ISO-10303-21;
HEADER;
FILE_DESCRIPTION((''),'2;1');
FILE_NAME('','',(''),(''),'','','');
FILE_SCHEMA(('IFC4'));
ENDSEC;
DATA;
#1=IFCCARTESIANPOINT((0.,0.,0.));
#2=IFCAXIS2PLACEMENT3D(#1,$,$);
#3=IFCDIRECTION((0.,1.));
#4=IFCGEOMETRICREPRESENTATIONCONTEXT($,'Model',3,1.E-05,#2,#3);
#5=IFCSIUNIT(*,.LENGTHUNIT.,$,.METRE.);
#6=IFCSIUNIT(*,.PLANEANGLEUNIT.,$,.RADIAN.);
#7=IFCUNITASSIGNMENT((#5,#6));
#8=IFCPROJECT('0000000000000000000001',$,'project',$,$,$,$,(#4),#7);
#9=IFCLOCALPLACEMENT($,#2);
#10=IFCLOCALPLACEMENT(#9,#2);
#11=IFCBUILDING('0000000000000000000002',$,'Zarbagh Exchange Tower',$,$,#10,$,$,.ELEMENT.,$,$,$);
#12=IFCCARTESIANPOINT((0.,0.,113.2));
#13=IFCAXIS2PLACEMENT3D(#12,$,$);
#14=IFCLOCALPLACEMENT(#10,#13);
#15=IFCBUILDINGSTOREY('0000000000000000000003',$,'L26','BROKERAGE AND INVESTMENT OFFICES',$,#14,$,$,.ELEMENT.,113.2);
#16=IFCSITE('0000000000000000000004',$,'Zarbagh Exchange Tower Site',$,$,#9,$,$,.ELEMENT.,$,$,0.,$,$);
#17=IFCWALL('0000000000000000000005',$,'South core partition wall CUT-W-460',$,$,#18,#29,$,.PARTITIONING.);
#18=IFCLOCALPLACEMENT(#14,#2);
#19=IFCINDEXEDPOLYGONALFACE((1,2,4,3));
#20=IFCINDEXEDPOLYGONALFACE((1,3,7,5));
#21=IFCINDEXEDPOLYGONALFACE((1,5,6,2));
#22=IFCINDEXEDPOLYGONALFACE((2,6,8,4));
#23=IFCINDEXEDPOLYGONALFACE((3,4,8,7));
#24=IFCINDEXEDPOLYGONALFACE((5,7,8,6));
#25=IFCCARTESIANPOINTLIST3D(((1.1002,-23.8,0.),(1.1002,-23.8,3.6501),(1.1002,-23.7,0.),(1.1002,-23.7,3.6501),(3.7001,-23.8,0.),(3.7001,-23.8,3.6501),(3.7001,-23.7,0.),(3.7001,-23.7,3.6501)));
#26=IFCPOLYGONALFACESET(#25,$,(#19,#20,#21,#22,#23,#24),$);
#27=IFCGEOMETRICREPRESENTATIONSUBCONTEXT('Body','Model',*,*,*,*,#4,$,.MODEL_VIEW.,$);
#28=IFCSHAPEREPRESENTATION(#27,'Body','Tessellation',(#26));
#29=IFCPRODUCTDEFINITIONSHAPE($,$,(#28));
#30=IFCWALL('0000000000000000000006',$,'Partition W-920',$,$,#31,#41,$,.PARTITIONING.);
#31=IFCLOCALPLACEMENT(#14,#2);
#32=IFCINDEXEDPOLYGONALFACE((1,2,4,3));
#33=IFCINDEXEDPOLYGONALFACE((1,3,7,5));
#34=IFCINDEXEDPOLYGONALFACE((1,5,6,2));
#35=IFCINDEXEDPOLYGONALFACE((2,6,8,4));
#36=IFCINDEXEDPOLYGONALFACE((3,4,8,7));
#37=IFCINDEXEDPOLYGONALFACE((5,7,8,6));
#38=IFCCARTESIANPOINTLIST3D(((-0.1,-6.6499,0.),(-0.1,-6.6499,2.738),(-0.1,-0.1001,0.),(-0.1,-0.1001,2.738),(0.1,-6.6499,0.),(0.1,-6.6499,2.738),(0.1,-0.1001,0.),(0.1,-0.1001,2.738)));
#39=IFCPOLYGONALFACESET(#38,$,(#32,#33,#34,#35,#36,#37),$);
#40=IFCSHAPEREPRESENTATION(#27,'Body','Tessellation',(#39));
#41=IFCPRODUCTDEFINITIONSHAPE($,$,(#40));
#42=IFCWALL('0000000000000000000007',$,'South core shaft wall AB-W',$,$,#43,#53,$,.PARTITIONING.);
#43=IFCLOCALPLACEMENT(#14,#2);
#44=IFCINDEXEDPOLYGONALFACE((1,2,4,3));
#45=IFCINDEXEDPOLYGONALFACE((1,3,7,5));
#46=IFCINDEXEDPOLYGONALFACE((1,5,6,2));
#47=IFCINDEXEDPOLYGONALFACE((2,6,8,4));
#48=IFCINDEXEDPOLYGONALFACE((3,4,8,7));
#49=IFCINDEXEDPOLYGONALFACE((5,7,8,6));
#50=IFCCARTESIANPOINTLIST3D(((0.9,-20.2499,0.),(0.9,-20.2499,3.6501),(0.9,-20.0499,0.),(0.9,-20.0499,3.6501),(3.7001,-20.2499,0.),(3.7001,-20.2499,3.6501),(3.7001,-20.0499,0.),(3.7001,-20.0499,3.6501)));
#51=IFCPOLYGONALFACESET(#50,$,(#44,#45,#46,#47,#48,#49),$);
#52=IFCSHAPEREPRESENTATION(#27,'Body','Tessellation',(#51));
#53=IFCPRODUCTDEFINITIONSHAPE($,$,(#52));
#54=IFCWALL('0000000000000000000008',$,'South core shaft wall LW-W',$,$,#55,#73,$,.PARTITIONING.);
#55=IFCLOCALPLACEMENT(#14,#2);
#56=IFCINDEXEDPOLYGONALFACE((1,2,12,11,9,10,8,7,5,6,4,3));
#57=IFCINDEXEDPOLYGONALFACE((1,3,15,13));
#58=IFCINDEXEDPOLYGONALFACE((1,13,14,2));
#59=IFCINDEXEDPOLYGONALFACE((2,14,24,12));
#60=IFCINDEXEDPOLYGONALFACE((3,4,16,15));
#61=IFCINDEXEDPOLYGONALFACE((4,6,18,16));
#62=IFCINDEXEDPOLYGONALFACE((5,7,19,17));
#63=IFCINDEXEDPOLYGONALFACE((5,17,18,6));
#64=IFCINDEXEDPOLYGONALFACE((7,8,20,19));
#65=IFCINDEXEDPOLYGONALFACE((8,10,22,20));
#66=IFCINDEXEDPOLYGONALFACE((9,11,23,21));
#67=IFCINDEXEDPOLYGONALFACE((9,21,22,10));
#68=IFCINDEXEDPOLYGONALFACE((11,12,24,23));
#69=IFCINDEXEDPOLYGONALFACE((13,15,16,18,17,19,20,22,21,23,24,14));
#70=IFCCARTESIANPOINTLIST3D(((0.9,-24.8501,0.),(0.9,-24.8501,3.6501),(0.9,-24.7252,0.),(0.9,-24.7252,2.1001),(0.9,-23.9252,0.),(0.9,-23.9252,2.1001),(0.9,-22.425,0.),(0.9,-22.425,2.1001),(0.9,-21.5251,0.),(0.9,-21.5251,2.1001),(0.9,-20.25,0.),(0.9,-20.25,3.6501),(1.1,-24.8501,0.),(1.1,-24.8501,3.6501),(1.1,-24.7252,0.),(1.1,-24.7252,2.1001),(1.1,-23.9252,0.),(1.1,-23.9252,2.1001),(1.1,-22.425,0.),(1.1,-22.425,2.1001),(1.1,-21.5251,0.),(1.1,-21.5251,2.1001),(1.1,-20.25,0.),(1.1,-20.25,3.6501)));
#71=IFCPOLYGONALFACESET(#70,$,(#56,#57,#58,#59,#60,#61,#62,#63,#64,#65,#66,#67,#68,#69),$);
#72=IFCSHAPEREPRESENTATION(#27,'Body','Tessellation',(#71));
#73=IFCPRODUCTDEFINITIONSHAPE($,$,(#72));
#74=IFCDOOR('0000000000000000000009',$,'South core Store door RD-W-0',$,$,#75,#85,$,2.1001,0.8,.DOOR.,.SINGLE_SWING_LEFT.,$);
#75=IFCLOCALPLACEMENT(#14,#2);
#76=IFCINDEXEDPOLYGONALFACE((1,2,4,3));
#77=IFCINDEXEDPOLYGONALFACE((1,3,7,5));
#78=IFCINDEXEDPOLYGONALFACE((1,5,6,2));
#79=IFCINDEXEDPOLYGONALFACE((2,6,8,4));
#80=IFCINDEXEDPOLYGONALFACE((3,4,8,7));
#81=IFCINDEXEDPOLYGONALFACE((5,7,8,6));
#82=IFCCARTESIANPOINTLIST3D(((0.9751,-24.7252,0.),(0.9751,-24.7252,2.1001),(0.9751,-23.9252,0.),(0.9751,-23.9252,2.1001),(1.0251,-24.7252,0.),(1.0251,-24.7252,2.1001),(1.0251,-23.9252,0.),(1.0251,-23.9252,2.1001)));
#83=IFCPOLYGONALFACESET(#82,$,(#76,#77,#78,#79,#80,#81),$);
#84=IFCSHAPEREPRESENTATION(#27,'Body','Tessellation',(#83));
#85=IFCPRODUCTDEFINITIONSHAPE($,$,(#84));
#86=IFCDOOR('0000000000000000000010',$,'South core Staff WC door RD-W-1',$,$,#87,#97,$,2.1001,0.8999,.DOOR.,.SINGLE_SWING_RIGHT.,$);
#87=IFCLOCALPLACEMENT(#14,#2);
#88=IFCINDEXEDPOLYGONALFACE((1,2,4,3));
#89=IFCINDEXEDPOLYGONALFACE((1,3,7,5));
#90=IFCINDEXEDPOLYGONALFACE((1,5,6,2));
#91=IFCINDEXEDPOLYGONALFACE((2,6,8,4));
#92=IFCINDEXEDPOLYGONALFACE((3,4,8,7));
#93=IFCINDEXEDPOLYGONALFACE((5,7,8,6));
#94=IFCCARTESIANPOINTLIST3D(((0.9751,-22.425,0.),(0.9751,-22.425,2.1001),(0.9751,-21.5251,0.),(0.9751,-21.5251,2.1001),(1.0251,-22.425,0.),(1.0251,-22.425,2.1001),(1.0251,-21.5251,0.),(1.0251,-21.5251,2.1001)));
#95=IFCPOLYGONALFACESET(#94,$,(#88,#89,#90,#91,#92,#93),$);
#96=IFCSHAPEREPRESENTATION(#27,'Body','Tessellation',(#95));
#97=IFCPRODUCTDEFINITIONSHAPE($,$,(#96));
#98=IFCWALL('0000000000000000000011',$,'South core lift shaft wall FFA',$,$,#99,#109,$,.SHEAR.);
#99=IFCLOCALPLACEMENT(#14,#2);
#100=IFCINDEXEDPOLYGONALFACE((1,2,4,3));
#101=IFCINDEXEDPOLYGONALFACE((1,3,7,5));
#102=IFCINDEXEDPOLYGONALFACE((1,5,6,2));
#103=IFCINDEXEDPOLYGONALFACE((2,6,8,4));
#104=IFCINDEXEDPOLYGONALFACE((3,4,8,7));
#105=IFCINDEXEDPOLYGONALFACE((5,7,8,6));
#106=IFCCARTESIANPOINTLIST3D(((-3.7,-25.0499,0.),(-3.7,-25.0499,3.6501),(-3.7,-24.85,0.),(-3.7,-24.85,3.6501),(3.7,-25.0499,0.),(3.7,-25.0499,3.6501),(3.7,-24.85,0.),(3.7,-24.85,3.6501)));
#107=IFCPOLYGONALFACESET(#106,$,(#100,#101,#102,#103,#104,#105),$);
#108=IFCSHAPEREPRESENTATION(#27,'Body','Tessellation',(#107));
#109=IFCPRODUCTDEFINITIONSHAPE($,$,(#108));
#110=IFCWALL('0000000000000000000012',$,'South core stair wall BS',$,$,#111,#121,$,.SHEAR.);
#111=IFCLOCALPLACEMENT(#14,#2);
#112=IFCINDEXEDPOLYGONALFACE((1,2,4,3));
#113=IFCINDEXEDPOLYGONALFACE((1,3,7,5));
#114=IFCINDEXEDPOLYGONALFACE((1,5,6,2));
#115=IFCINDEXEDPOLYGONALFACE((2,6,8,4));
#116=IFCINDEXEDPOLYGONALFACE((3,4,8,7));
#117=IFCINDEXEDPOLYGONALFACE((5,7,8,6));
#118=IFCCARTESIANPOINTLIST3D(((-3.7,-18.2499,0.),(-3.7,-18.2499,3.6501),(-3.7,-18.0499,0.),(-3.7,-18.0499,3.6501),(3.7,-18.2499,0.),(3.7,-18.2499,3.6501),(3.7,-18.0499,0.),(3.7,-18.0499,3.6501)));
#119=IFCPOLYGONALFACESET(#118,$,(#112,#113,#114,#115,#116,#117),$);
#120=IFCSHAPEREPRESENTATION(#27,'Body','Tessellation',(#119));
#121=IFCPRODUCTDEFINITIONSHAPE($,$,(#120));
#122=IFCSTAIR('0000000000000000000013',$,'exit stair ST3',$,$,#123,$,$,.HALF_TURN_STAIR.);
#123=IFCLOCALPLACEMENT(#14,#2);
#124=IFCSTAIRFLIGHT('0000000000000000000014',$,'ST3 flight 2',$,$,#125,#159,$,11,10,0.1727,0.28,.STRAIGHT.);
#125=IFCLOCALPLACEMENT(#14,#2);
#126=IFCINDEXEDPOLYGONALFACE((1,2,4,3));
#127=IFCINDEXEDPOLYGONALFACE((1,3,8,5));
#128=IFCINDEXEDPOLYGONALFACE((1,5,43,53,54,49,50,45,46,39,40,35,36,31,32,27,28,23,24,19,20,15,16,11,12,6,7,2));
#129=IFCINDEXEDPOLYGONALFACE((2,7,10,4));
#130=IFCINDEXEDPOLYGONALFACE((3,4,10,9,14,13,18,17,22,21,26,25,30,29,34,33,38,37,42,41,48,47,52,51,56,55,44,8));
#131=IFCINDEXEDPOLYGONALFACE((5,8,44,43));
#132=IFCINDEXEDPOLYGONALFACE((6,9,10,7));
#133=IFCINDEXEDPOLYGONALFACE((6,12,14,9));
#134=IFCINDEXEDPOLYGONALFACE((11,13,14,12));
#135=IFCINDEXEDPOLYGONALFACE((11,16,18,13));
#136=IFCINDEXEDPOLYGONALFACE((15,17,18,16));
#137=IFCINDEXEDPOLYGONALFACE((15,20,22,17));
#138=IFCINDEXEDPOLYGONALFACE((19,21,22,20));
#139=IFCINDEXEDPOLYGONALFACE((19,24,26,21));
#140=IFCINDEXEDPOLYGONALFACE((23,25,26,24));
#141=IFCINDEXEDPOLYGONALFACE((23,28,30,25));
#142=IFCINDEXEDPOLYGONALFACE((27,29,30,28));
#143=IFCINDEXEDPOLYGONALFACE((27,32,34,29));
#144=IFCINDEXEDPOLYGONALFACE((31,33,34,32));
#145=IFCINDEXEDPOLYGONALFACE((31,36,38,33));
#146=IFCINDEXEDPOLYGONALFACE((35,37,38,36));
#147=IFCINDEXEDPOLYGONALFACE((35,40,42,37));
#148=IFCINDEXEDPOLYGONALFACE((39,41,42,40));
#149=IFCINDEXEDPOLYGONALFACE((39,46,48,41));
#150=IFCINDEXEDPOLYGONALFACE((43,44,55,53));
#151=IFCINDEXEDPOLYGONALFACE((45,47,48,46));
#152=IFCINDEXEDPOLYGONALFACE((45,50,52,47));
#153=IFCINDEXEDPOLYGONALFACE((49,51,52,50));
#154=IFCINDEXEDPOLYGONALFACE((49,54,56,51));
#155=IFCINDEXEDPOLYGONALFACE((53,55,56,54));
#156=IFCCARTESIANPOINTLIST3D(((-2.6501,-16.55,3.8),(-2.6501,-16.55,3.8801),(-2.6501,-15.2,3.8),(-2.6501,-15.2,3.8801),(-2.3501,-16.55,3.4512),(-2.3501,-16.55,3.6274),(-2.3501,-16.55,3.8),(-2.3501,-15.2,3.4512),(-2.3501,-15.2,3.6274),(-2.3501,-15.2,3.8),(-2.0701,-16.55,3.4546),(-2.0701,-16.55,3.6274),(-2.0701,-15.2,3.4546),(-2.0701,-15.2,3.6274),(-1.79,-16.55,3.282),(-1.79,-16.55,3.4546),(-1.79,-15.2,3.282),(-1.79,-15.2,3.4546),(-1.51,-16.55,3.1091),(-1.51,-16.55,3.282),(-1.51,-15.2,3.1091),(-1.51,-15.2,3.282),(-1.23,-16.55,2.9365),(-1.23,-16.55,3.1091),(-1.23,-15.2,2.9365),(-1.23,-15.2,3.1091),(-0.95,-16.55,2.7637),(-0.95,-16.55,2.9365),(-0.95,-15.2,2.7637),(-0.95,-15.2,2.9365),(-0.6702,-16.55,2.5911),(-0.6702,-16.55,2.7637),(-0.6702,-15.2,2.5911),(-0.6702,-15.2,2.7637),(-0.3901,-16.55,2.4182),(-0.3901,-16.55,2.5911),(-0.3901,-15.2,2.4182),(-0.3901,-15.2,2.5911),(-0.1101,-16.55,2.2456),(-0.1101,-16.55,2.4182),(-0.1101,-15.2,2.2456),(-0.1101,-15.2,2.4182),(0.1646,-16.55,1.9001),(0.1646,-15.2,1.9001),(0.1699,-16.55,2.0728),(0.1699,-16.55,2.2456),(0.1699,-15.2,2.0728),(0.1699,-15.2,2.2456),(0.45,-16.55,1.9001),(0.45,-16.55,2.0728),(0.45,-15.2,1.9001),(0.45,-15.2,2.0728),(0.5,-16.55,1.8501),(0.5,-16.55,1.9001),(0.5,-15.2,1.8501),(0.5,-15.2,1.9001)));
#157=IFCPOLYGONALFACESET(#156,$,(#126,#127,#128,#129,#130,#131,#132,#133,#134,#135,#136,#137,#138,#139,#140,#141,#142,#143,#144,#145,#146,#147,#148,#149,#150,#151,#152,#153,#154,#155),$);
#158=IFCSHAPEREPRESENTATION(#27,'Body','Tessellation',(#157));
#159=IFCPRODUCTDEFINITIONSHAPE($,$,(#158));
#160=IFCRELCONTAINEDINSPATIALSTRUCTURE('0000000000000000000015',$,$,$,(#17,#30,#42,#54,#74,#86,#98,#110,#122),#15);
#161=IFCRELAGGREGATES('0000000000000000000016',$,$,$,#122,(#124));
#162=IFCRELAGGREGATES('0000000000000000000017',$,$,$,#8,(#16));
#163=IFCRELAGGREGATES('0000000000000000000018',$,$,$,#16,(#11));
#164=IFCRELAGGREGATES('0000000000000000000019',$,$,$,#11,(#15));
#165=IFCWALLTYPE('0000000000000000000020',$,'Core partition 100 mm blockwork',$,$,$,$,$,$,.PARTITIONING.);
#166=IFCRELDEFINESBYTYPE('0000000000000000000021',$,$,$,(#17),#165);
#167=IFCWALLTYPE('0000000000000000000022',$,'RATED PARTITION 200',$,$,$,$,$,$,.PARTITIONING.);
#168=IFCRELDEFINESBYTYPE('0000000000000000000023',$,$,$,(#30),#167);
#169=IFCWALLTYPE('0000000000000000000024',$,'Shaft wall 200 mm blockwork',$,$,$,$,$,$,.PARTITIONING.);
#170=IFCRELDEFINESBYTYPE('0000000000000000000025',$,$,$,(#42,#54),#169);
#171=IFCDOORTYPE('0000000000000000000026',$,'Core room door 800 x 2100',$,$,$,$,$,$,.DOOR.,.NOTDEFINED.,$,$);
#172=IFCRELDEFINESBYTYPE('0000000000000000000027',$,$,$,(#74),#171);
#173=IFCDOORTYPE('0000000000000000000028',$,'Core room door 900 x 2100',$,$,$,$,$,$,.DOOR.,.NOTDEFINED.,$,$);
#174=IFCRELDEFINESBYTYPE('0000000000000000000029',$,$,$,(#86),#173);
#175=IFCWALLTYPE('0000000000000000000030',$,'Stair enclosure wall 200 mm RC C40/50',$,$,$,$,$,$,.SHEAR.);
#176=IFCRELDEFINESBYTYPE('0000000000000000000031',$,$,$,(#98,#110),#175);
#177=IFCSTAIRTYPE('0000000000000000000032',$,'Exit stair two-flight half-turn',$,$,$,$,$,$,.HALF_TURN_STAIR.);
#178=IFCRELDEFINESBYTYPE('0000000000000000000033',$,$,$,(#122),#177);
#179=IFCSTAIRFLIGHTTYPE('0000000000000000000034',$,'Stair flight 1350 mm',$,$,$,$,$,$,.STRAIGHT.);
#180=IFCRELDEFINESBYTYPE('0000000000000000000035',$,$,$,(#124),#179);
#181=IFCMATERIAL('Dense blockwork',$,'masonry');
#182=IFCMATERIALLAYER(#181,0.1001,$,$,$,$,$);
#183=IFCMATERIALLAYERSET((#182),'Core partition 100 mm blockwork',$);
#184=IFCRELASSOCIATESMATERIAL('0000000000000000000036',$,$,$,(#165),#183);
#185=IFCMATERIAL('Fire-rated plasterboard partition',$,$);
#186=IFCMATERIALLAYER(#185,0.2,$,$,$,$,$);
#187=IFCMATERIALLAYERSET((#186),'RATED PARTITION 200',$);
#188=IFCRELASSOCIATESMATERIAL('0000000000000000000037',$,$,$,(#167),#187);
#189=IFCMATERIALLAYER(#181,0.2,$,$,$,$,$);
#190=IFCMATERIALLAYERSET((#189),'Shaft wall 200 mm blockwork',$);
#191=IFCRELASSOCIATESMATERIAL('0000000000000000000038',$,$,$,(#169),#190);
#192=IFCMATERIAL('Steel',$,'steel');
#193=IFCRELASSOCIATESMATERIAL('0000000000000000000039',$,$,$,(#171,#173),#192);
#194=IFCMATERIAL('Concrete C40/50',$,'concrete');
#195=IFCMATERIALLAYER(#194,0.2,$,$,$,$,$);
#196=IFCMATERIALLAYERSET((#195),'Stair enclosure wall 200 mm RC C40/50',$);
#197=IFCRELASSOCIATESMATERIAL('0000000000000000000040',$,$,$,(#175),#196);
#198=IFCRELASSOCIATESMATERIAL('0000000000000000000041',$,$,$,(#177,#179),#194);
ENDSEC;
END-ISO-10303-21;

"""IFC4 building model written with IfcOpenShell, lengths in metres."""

from ifc_helpers import new_model, si_unit, direction, frame, frame_2d, origin, place, context, subcontext, project, spatial, polyline, rectangle, outline, extrude, material, layer, layer_set, type_object, element, fill, aggregate, save


model = new_model("IFC4")

# Units and contexts
model_context = context("Model", 3, precision=1e-05, world=origin(), true_north=direction((0.0, 1.0)))
body_context = subcontext(model_context, "Body", "Model", "MODEL_VIEW")
ifc_project = project(units=[si_unit("LENGTHUNIT", "METRE"), si_unit("PLANEANGLEUNIT", "RADIAN")], contexts=[model_context])

# Site, building, storey
site_placement = place(None, origin())
site = spatial("IfcSite", under=ifc_project, at=site_placement, Name="Zarbagh Exchange Tower Site", CompositionType="ELEMENT", RefElevation=0.0)
building_placement = place(site_placement, origin())
building = spatial("IfcBuilding", under=site, at=building_placement, Name="Zarbagh Exchange Tower", CompositionType="ELEMENT")
storey_placement = place(building_placement, frame((0.0, 0.0, 113.2)))
storey = spatial("IfcBuildingStorey", under=building, at=storey_placement, Name="L26", Description="BROKERAGE AND INVESTMENT OFFICES", CompositionType="ELEMENT", Elevation=113.2)

# Walls
ifc_material_1 = material(Name="Dense blockwork", Category="masonry")
ifc_layer_1 = layer(ifc_material_1, 0.1001)
ifc_layer_set_1 = layer_set([ifc_layer_1], Name="Core partition 100 mm blockwork")
wall_type_1 = type_object("IfcWallType", Name="Core partition 100 mm blockwork", PredefinedType="PARTITIONING", material=ifc_layer_set_1)
wall_1_placement = place(storey_placement, frame((3.7, -23.75, 0.0), z_axis=(0.0, 0.0, 1.0), x_axis=(-1.0, 0.0, 0.0)))
element("IfcWall", 1, at=wall_1_placement, inside=storey, type_object=wall_type_1, Name="South core partition wall CUT-W-460", PredefinedType="PARTITIONING", context=body_context, shape_type="SweptSolid", body=[
    extrude(rectangle(XDim=2.5999, YDim=0.1001, at=frame_2d((1.2998, 0.0))), origin(), (0.0, 0.0, 1.0), 3.6501),
])
ifc_material_2 = material(Name="Fire-rated plasterboard partition")
ifc_layer_2 = layer(ifc_material_2, 0.2)
ifc_layer_set_2 = layer_set([ifc_layer_2], Name="RATED PARTITION 200")
wall_type_2 = type_object("IfcWallType", Name="RATED PARTITION 200", PredefinedType="PARTITIONING", material=ifc_layer_set_2)
wall_2_placement = place(storey_placement, frame((0.0, -6.6499, 0.0), z_axis=(0.0, 0.0, 1.0), x_axis=(0.0, 1.0, 0.0)))
element("IfcWall", 2, at=wall_2_placement, inside=storey, type_object=wall_type_2, Name="Partition W-920", PredefinedType="PARTITIONING", context=body_context, shape_type="SweptSolid", body=[
    extrude(rectangle(XDim=6.5498, YDim=0.2, at=frame_2d((3.2749, 0.0))), origin(), (0.0, 0.0, 1.0), 2.738),
])
ifc_layer_3 = layer(ifc_material_1, 0.2)
ifc_layer_set_3 = layer_set([ifc_layer_3], Name="Shaft wall 200 mm blockwork")
wall_type_3 = type_object("IfcWallType", Name="Shaft wall 200 mm blockwork", PredefinedType="PARTITIONING", material=ifc_layer_set_3)
wall_3_placement = place(storey_placement, frame((3.7, -20.1499, 0.0), z_axis=(0.0, 0.0, 1.0), x_axis=(-1.0, 0.0, 0.0)))
element("IfcWall", 3, at=wall_3_placement, inside=storey, type_object=wall_type_3, Name="South core shaft wall AB-W", PredefinedType="PARTITIONING", context=body_context, shape_type="SweptSolid", body=[
    extrude(rectangle(XDim=2.8, YDim=0.2, at=frame_2d((1.3999, 0.0))), origin(), (0.0, 0.0, 1.0), 3.6501),
])

# Wall, openings, doors
wall_4_placement = place(storey_placement, frame((1.0, -24.8501, 0.0), z_axis=(0.0, 0.0, 1.0), x_axis=(0.0, 1.0, 0.0)))
wall_4 = element("IfcWall", 4, at=wall_4_placement, inside=storey, type_object=wall_type_3, Name="South core shaft wall LW-W", PredefinedType="PARTITIONING", context=body_context, shape_type="SweptSolid", body=[
    extrude(rectangle(XDim=4.6001, YDim=0.2, at=frame_2d((2.3, 0.0))), origin(), (0.0, 0.0, 1.0), 3.6501),
])
opening_1_placement = place(wall_4_placement, frame((0.125, 0.0, 0.0)))
opening_1 = element("IfcOpeningElement", 5, at=opening_1_placement, cuts=wall_4, PredefinedType="OPENING", context=body_context, shape_type="SweptSolid", body=[
    extrude(rectangle(XDim=0.8, YDim=2.1001, at=frame_2d((0.3999, 1.05))), frame((0.0, 0.1099, 0.0), z_axis=(0.0, -1.0, 0.0), x_axis=(1.0, 0.0, 0.0)), (0.0, 0.0, 1.0), 0.22),
])
opening_2_placement = place(wall_4_placement, frame((2.425, 0.0, 0.0)))
opening_2 = element("IfcOpeningElement", 6, at=opening_2_placement, cuts=wall_4, PredefinedType="OPENING", context=body_context, shape_type="SweptSolid", body=[
    extrude(rectangle(XDim=0.8999, YDim=2.1001, at=frame_2d((0.45, 1.05))), frame((0.0, 0.1099, 0.0), z_axis=(0.0, -1.0, 0.0), x_axis=(1.0, 0.0, 0.0)), (0.0, 0.0, 1.0), 0.22),
])
ifc_material_3 = material(Name="Steel", Category="steel")
door_type_1 = type_object("IfcDoorType", Name="Core room door 800 x 2100", OperationType="NOTDEFINED", PredefinedType="DOOR", material=ifc_material_3)
door_1_placement = place(opening_1_placement, origin())
door_1 = element("IfcDoor", 7, at=door_1_placement, inside=storey, type_object=door_type_1, Name="South core Store door RD-W-0", OperationType="SINGLE_SWING_LEFT", OverallHeight=2.1001, OverallWidth=0.8, PredefinedType="DOOR", context=body_context, shape_type="SweptSolid", body=[
    extrude(rectangle(XDim=0.8, YDim=2.1001, at=frame_2d((0.3999, 1.05))), frame((0.0, 0.0249, 0.0), z_axis=(0.0, -1.0, 0.0), x_axis=(1.0, 0.0, 0.0)), (0.0, 0.0, 1.0), 0.05),
])
fill(opening_1, door_1)
door_type_2 = type_object("IfcDoorType", Name="Core room door 900 x 2100", OperationType="NOTDEFINED", PredefinedType="DOOR", material=ifc_material_3)
door_2_placement = place(opening_2_placement, origin())
door_2 = element("IfcDoor", 8, at=door_2_placement, inside=storey, type_object=door_type_2, Name="South core Staff WC door RD-W-1", OperationType="SINGLE_SWING_RIGHT", OverallHeight=2.1001, OverallWidth=0.8999, PredefinedType="DOOR", context=body_context, shape_type="SweptSolid", body=[
    extrude(rectangle(XDim=0.8999, YDim=2.1001, at=frame_2d((0.45, 1.05))), frame((0.0, 0.0249, 0.0), z_axis=(0.0, -1.0, 0.0), x_axis=(1.0, 0.0, 0.0)), (0.0, 0.0, 1.0), 0.05),
])
fill(opening_2, door_2)

# Walls
ifc_material_4 = material(Name="Concrete C40/50", Category="concrete")
ifc_layer_4 = layer(ifc_material_4, 0.2)
ifc_layer_set_4 = layer_set([ifc_layer_4], Name="Stair enclosure wall 200 mm RC C40/50")
wall_type_4 = type_object("IfcWallType", Name="Stair enclosure wall 200 mm RC C40/50", PredefinedType="SHEAR", material=ifc_layer_set_4)
for number, where, z_axis, x_axis, name in (
    (9, (3.7, -24.95, 0.0), (0.0, 0.0, 1.0), (-1.0, 0.0, 0.0), "South core lift shaft wall FFA"),
    (10, (3.7, -18.1499, 0.0), (0.0, 0.0, 1.0), (-1.0, 0.0, 0.0), "South core stair wall BS"),
):
    element("IfcWall", number, at=place(storey_placement, frame(where, z_axis=z_axis, x_axis=x_axis)), inside=storey, type_object=wall_type_4, Name=name, PredefinedType="SHEAR", context=body_context, shape_type="SweptSolid", body=[
        extrude(rectangle(XDim=7.3999, YDim=0.2, at=frame_2d((3.7, 0.0))), origin(), (0.0, 0.0, 1.0), 3.6501),
    ])

# Stair, stair flight
stair_type = type_object("IfcStairType", Name="Exit stair two-flight half-turn", PredefinedType="HALF_TURN_STAIR", material=ifc_material_4)
stair_1_placement = place(storey_placement, origin())
stair_1 = element("IfcStair", 11, at=stair_1_placement, inside=storey, type_object=stair_type, Name="exit stair ST3", PredefinedType="HALF_TURN_STAIR")
stair_flight_type_1 = type_object("IfcStairFlightType", Name="Stair flight 1350 mm", PredefinedType="STRAIGHT", material=ifc_material_4)
stair_flight_1_placement = place(storey_placement, frame((0.45, -15.875, 1.9001), z_axis=(0.0, 0.0, 1.0), x_axis=(-1.0, 0.0, 0.0)))
stair_flight_1 = element("IfcStairFlight", 12, at=stair_flight_1_placement, type_object=stair_flight_type_1, Name="ST3 flight 2", NumberOfRisers=11, NumberOfTreads=10, PredefinedType="STRAIGHT", RiserHeight=0.1727, TreadLength=0.28, context=body_context, shape_type="SweptSolid", body=[
    extrude(outline(polyline([(-0.05, -0.05), (-0.05, 0.0), (0.0, 0.0), (0.0, 0.1726), (0.28, 0.1726), (0.28, 0.3455), (0.5601, 0.3455), (0.5601, 0.5181), (0.8401, 0.5181), (0.8401, 0.6909), (1.1201, 0.6909), (1.1201, 0.8635), (1.3999, 0.8635), (1.3999, 1.0364), (1.6799, 1.0364), (1.6799, 1.209), (1.96, 1.209), (1.96, 1.3818), (2.24, 1.3818), (2.24, 1.5544), (2.52, 1.5544), (2.52, 1.7273), (2.8, 1.7273), (2.8, 1.8999), (3.1001, 1.98), (3.1001, 1.8999), (2.8, 1.551), (0.2854, 0.0), (-0.05, -0.05)])), frame((0.0, 0.675, 0.0), z_axis=(0.0, -1.0, 0.0), x_axis=(1.0, 0.0, 0.0)), (0.0, 0.0, 1.0), 1.3501),
])
aggregate(stair_1, [stair_flight_1])

save(model, "model.ifc")
